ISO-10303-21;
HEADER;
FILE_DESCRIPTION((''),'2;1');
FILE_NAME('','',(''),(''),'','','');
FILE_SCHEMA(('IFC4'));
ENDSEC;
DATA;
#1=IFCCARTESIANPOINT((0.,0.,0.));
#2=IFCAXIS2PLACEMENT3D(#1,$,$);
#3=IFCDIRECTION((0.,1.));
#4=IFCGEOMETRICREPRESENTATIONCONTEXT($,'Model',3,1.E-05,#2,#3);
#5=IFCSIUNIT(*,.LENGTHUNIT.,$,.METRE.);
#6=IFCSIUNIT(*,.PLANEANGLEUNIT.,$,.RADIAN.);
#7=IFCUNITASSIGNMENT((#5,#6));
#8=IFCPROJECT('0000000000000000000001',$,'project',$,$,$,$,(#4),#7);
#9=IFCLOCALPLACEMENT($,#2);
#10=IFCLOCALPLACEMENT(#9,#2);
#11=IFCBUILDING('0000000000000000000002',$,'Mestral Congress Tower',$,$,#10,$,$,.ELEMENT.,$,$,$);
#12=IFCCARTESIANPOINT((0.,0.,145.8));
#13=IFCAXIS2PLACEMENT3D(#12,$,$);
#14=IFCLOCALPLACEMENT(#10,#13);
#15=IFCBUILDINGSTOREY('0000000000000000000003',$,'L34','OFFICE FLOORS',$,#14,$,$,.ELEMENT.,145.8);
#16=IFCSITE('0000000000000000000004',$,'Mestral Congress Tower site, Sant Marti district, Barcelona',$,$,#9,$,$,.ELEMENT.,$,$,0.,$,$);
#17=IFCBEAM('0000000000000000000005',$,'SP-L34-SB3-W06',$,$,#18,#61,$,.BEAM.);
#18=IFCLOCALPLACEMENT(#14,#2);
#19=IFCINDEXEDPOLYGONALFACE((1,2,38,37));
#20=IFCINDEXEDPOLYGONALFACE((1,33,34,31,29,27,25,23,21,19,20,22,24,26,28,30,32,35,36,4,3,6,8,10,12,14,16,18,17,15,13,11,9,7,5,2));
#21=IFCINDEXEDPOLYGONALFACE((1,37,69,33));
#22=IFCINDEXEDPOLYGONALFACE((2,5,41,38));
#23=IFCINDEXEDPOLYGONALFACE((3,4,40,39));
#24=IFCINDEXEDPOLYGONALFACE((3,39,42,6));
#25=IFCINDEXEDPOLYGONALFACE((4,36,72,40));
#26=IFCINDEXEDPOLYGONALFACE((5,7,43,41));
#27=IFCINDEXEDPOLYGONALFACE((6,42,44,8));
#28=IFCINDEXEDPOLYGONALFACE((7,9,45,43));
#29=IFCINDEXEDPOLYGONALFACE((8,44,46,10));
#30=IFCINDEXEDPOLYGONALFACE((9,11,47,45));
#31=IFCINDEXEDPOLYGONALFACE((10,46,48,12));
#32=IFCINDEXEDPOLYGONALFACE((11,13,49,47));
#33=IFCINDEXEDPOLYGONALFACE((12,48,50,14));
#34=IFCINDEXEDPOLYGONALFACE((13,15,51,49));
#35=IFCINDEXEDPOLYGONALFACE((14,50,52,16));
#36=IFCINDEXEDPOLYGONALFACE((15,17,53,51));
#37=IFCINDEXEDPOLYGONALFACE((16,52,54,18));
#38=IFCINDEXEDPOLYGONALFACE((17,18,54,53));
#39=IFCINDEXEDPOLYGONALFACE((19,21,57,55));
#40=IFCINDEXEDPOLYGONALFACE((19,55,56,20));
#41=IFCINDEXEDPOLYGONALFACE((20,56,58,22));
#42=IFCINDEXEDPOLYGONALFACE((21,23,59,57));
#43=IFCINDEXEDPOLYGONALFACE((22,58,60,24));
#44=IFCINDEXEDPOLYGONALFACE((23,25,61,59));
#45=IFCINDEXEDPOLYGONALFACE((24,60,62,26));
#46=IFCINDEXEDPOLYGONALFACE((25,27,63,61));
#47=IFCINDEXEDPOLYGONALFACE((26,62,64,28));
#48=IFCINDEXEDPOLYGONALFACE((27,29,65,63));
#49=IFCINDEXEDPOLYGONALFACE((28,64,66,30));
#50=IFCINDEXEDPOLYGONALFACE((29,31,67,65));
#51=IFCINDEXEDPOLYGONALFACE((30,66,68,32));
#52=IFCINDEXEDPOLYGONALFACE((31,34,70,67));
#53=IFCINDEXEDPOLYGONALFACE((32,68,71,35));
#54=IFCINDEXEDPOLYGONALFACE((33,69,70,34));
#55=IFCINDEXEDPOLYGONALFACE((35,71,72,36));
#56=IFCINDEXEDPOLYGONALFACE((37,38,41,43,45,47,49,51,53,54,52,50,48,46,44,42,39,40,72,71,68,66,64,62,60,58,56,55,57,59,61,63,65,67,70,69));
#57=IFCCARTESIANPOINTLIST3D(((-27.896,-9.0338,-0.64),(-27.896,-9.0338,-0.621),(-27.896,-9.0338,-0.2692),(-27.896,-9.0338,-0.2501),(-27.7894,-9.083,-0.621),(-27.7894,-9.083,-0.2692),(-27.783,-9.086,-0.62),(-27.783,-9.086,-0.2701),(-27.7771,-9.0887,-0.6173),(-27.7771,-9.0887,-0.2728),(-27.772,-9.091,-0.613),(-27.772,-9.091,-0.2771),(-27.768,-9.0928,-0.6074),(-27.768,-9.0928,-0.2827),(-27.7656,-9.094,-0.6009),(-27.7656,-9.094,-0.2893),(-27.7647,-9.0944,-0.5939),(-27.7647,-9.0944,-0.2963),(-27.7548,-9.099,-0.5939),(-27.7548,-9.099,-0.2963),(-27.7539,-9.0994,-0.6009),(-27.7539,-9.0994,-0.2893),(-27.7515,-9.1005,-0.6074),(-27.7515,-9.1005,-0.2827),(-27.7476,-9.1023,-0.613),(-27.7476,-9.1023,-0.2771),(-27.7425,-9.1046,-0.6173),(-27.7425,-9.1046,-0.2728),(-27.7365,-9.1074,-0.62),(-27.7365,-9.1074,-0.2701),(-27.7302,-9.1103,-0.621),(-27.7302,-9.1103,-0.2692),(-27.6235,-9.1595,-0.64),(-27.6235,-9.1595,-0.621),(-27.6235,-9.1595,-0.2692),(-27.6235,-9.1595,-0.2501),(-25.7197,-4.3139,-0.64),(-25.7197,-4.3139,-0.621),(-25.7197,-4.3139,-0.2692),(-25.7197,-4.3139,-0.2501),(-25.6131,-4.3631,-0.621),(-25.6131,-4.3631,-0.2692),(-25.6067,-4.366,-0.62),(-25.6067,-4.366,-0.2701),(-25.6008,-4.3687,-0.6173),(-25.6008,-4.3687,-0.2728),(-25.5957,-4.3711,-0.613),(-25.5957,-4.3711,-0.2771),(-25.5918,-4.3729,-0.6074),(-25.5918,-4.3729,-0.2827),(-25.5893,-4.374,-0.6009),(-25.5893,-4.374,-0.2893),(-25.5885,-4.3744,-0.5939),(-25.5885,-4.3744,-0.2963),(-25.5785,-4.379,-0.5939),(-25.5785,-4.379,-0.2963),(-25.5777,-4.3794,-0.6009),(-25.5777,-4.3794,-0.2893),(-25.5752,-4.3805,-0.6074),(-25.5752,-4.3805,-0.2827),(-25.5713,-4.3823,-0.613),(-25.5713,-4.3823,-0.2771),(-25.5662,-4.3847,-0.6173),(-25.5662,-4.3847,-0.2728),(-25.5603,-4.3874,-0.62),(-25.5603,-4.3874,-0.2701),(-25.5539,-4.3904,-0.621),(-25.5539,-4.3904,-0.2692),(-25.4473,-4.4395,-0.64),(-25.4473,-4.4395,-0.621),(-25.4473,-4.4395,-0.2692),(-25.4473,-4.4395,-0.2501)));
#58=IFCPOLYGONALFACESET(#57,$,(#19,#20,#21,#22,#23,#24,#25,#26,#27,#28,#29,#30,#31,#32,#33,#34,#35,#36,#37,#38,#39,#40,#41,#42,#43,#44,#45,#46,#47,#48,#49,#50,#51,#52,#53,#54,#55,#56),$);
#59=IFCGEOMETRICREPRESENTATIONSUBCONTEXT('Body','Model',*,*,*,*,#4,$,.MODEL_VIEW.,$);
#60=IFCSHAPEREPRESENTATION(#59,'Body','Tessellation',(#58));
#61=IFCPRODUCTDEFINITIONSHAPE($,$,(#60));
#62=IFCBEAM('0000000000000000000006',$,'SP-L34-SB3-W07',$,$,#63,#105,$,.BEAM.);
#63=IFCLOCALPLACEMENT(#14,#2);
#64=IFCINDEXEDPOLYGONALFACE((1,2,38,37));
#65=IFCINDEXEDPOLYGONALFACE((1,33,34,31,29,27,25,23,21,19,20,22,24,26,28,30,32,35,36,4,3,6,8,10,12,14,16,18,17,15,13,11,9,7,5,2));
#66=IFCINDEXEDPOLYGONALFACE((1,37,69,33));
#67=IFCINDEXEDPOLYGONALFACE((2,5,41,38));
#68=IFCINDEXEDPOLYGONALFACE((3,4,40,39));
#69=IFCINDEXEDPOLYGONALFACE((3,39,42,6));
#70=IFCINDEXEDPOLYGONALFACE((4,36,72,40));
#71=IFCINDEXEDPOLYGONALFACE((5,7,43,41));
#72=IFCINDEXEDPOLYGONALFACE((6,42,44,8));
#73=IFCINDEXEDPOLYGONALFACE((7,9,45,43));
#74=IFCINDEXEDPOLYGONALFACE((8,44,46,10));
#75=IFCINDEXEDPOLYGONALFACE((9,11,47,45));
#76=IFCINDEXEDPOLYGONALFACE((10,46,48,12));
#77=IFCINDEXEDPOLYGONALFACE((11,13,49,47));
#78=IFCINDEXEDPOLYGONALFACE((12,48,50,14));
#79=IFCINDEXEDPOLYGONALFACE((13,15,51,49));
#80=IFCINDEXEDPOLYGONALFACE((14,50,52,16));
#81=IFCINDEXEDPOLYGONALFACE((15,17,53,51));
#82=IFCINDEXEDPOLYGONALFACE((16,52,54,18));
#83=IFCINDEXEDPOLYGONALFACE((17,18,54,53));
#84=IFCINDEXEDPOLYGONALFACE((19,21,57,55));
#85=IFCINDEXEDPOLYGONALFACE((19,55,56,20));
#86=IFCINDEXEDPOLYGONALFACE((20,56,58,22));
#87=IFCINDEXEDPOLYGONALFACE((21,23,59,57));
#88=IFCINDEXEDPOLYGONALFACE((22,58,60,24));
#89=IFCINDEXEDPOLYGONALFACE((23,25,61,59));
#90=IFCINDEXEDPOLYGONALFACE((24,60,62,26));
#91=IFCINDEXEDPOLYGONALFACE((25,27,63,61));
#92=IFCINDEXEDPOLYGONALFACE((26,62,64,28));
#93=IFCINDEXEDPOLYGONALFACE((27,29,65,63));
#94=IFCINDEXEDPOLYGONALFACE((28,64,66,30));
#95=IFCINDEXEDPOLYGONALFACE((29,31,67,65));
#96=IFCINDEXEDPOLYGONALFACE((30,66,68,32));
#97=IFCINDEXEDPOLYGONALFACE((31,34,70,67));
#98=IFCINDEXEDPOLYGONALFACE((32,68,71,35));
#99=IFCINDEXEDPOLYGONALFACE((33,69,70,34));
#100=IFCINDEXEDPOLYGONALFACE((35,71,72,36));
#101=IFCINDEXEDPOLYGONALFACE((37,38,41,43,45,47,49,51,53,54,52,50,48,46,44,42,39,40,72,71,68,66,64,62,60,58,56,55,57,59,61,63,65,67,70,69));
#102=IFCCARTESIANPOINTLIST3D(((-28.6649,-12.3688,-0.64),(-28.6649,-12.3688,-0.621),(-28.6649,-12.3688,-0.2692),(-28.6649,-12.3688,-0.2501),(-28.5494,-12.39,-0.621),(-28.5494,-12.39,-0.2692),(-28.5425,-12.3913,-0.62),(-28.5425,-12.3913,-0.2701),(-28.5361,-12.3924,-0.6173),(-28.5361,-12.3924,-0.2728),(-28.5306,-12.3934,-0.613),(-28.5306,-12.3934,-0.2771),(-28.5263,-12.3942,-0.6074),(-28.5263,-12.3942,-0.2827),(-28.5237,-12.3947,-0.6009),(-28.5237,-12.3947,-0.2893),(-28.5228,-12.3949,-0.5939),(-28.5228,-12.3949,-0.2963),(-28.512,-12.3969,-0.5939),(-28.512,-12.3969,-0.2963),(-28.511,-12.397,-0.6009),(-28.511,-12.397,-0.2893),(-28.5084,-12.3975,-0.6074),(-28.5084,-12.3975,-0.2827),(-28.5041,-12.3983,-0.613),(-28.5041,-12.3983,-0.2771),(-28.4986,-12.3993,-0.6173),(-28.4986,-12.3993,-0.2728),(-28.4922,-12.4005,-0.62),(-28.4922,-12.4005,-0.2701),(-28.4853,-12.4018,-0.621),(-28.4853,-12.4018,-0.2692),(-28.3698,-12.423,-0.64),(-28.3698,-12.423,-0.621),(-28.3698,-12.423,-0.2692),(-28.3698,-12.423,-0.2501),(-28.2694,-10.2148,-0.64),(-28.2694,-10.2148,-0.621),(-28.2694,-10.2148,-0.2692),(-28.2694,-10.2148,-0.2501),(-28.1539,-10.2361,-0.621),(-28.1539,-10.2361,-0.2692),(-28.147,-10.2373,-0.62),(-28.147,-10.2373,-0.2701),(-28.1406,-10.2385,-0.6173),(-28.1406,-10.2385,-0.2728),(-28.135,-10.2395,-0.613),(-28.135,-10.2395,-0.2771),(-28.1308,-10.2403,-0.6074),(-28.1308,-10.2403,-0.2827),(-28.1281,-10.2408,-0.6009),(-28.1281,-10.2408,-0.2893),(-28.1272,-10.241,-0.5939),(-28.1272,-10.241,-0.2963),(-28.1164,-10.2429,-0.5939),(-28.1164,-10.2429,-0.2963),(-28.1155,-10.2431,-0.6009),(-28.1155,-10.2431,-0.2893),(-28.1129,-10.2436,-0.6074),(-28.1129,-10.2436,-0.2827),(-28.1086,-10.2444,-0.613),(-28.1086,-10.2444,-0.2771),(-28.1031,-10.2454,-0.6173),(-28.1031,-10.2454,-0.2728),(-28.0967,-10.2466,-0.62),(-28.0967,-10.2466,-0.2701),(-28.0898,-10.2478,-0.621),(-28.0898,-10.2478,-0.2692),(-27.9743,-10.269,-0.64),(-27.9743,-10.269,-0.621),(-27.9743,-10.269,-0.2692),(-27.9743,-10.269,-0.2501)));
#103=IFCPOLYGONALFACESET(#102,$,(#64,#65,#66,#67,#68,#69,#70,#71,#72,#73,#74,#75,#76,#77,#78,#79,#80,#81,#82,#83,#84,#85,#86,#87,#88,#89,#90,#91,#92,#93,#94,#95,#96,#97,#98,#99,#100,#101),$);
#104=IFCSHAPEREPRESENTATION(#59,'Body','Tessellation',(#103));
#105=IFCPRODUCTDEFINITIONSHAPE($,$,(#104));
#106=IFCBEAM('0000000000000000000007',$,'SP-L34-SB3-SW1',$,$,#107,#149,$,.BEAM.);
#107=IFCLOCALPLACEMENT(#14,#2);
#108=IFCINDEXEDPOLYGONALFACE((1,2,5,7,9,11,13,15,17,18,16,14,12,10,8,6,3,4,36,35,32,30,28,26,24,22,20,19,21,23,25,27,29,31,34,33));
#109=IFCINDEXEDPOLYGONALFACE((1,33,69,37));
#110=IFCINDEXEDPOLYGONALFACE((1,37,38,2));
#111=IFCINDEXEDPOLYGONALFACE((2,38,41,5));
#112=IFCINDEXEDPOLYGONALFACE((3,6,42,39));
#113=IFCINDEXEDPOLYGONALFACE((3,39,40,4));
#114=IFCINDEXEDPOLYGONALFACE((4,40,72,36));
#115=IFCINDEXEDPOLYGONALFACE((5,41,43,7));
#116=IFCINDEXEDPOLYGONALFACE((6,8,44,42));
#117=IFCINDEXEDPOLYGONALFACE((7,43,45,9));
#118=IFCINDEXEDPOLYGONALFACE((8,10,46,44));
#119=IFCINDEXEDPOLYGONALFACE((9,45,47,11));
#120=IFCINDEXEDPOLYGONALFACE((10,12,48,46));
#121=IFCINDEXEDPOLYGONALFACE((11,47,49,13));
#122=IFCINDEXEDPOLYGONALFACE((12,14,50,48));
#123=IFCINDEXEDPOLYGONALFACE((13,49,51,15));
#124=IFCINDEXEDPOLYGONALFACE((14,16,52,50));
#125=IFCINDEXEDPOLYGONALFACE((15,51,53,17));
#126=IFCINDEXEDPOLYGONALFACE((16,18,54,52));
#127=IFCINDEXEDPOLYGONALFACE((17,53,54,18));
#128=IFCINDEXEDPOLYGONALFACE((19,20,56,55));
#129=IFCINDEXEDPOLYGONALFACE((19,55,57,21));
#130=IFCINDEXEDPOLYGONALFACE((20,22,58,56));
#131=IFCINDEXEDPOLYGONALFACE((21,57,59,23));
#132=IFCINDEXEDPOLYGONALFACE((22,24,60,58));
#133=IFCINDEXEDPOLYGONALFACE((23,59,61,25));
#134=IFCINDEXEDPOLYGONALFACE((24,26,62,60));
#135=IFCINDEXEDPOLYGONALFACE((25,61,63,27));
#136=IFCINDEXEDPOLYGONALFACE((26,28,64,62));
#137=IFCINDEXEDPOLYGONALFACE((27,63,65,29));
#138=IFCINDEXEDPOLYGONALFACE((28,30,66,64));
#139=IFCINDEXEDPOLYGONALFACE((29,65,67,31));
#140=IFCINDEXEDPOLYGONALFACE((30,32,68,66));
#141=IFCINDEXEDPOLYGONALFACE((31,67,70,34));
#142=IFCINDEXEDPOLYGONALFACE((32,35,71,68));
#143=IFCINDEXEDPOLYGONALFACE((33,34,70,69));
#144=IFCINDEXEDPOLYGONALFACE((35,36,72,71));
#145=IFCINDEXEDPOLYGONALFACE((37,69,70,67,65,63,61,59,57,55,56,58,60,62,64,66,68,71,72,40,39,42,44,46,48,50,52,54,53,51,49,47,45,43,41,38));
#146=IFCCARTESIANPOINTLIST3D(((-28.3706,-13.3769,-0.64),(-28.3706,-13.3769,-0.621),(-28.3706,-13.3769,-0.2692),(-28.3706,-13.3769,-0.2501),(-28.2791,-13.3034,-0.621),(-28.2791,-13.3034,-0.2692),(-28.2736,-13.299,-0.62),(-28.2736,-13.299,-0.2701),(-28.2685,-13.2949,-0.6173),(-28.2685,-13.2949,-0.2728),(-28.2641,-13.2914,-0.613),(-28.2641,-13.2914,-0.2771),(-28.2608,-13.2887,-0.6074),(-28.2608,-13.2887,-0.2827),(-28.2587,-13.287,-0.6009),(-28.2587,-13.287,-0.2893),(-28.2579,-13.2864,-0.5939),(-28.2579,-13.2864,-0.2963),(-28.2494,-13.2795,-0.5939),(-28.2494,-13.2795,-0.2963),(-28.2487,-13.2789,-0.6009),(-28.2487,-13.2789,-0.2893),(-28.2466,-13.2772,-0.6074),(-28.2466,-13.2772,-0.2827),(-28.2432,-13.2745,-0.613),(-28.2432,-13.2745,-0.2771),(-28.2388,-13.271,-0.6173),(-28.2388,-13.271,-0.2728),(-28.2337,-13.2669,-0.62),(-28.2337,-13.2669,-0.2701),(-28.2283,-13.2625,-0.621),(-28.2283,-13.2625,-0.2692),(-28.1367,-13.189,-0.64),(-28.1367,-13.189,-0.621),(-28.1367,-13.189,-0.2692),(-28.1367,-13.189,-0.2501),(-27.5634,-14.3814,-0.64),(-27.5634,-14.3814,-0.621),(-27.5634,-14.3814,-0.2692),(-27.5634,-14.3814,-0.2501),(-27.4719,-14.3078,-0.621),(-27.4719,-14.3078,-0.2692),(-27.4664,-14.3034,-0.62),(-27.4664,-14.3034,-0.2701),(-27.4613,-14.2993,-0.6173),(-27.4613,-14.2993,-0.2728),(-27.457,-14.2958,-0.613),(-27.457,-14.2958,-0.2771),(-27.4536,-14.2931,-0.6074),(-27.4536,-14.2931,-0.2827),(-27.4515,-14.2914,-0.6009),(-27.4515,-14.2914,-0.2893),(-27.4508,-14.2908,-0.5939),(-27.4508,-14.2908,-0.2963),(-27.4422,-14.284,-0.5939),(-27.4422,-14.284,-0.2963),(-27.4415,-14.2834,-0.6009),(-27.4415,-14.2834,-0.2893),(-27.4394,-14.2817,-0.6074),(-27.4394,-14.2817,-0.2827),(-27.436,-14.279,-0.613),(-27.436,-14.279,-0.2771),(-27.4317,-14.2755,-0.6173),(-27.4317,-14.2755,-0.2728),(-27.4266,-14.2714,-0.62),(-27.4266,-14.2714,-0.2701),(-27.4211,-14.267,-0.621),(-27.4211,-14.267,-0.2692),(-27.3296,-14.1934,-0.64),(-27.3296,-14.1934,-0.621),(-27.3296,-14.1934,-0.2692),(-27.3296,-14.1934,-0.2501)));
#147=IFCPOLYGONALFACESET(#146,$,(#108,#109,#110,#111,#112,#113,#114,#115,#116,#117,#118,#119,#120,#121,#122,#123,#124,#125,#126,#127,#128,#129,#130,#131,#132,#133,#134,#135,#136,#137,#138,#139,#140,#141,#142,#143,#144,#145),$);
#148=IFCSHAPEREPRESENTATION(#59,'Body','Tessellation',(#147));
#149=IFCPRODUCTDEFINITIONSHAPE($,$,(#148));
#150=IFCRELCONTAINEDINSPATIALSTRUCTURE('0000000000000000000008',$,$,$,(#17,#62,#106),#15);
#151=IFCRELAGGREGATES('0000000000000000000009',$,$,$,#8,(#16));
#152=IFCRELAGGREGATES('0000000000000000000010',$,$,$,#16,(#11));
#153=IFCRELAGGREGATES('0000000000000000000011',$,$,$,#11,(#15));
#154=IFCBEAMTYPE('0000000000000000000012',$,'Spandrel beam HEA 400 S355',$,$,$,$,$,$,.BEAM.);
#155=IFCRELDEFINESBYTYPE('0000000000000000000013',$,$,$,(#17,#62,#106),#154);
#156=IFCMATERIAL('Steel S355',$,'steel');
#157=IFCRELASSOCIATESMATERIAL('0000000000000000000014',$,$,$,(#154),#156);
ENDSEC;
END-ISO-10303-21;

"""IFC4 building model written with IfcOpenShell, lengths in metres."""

from ifc_helpers import new_model, si_unit, direction, frame, origin, origin_2d, place, context, subcontext, project, spatial, i_section, extrude, material, material_profile, profile_set, type_object, element, save


model = new_model("IFC4")

# Units and contexts
model_context = context("Model", 3, precision=1e-05, world=origin(), true_north=direction((0.0, 1.0)))
body_context = subcontext(model_context, "Body", "Model", "MODEL_VIEW")
ifc_project = project(units=[si_unit("LENGTHUNIT", "METRE"), si_unit("PLANEANGLEUNIT", "RADIAN")], contexts=[model_context])

# Site, building, storey
site_placement = place(None, origin())
site = spatial("IfcSite", under=ifc_project, at=site_placement, Name="Mestral Congress Tower site, Sant Marti district, Barcelona", CompositionType="ELEMENT", RefElevation=0.0)
building_placement = place(site_placement, origin())
building = spatial("IfcBuilding", under=site, at=building_placement, Name="Mestral Congress Tower", CompositionType="ELEMENT")
storey_placement = place(building_placement, frame((0.0, 0.0, 145.8)))
storey = spatial("IfcBuildingStorey", under=building, at=storey_placement, Name="L34", Description="OFFICE FLOORS", CompositionType="ELEMENT", Elevation=145.8)

# Beams
ifc_material_1 = material(Name="Steel S355", Category="steel")
ifc_material_profile_1 = material_profile(ifc_material_1, i_section(OverallWidth=0.3, OverallDepth=0.3899, WebThickness=0.011, FlangeThickness=0.019, FilletRadius=0.0271, at=origin_2d()), Name="HEA 400")
ifc_profile_set_1 = profile_set([ifc_material_profile_1], Name="Steel S355")
beam_type_1 = type_object("IfcBeamType", Name="Spandrel beam HEA 400 S355", PredefinedType="BEAM", material=ifc_profile_set_1)
beam_1_placement = place(storey_placement, frame((-25.5835, -4.3767, -0.4451), z_axis=(-0.418713, -0.908119, 0.0), x_axis=(0.908119, -0.418713, 0.0)))
element("IfcBeam", 1, at=beam_1_placement, inside=storey, type_object=beam_type_1, Name="SP-L34-SB3-W06", PredefinedType="BEAM", context=body_context, shape_type="SweptSolid", body=[
    extrude(i_section(OverallWidth=0.3, OverallDepth=0.3899, WebThickness=0.011, FlangeThickness=0.019, FilletRadius=0.0271, at=origin_2d()), origin(), (0.0, 0.0, 1.0), 5.1975),
])
beam_2_placement = place(storey_placement, frame((-28.1218, -10.2419, -0.4451), z_axis=(-0.180612, -0.983554, 0.0), x_axis=(0.983554, -0.180612, 0.0)))
element("IfcBeam", 2, at=beam_2_placement, inside=storey, type_object=beam_type_1, Name="SP-L34-SB3-W07", PredefinedType="BEAM", context=body_context, shape_type="SweptSolid", body=[
    extrude(i_section(OverallWidth=0.3, OverallDepth=0.3899, WebThickness=0.011, FlangeThickness=0.019, FilletRadius=0.0271, at=origin_2d()), origin(), (0.0, 0.0, 1.0), 2.1899),
])
beam_3_placement = place(storey_placement, frame((-28.2537, -13.283, -0.4451), z_axis=(0.626403, -0.779499, 0.0), x_axis=(0.779499, 0.626403, 0.0)))
element("IfcBeam", 3, at=beam_3_placement, inside=storey, type_object=beam_type_1, Name="SP-L34-SB3-SW1", PredefinedType="BEAM", context=body_context, shape_type="SweptSolid", body=[
    extrude(i_section(OverallWidth=0.3, OverallDepth=0.3899, WebThickness=0.011, FlangeThickness=0.019, FilletRadius=0.0271, at=origin_2d()), origin(), (0.0, 0.0, 1.0), 1.2886),
])

save(model, "model.ifc")
